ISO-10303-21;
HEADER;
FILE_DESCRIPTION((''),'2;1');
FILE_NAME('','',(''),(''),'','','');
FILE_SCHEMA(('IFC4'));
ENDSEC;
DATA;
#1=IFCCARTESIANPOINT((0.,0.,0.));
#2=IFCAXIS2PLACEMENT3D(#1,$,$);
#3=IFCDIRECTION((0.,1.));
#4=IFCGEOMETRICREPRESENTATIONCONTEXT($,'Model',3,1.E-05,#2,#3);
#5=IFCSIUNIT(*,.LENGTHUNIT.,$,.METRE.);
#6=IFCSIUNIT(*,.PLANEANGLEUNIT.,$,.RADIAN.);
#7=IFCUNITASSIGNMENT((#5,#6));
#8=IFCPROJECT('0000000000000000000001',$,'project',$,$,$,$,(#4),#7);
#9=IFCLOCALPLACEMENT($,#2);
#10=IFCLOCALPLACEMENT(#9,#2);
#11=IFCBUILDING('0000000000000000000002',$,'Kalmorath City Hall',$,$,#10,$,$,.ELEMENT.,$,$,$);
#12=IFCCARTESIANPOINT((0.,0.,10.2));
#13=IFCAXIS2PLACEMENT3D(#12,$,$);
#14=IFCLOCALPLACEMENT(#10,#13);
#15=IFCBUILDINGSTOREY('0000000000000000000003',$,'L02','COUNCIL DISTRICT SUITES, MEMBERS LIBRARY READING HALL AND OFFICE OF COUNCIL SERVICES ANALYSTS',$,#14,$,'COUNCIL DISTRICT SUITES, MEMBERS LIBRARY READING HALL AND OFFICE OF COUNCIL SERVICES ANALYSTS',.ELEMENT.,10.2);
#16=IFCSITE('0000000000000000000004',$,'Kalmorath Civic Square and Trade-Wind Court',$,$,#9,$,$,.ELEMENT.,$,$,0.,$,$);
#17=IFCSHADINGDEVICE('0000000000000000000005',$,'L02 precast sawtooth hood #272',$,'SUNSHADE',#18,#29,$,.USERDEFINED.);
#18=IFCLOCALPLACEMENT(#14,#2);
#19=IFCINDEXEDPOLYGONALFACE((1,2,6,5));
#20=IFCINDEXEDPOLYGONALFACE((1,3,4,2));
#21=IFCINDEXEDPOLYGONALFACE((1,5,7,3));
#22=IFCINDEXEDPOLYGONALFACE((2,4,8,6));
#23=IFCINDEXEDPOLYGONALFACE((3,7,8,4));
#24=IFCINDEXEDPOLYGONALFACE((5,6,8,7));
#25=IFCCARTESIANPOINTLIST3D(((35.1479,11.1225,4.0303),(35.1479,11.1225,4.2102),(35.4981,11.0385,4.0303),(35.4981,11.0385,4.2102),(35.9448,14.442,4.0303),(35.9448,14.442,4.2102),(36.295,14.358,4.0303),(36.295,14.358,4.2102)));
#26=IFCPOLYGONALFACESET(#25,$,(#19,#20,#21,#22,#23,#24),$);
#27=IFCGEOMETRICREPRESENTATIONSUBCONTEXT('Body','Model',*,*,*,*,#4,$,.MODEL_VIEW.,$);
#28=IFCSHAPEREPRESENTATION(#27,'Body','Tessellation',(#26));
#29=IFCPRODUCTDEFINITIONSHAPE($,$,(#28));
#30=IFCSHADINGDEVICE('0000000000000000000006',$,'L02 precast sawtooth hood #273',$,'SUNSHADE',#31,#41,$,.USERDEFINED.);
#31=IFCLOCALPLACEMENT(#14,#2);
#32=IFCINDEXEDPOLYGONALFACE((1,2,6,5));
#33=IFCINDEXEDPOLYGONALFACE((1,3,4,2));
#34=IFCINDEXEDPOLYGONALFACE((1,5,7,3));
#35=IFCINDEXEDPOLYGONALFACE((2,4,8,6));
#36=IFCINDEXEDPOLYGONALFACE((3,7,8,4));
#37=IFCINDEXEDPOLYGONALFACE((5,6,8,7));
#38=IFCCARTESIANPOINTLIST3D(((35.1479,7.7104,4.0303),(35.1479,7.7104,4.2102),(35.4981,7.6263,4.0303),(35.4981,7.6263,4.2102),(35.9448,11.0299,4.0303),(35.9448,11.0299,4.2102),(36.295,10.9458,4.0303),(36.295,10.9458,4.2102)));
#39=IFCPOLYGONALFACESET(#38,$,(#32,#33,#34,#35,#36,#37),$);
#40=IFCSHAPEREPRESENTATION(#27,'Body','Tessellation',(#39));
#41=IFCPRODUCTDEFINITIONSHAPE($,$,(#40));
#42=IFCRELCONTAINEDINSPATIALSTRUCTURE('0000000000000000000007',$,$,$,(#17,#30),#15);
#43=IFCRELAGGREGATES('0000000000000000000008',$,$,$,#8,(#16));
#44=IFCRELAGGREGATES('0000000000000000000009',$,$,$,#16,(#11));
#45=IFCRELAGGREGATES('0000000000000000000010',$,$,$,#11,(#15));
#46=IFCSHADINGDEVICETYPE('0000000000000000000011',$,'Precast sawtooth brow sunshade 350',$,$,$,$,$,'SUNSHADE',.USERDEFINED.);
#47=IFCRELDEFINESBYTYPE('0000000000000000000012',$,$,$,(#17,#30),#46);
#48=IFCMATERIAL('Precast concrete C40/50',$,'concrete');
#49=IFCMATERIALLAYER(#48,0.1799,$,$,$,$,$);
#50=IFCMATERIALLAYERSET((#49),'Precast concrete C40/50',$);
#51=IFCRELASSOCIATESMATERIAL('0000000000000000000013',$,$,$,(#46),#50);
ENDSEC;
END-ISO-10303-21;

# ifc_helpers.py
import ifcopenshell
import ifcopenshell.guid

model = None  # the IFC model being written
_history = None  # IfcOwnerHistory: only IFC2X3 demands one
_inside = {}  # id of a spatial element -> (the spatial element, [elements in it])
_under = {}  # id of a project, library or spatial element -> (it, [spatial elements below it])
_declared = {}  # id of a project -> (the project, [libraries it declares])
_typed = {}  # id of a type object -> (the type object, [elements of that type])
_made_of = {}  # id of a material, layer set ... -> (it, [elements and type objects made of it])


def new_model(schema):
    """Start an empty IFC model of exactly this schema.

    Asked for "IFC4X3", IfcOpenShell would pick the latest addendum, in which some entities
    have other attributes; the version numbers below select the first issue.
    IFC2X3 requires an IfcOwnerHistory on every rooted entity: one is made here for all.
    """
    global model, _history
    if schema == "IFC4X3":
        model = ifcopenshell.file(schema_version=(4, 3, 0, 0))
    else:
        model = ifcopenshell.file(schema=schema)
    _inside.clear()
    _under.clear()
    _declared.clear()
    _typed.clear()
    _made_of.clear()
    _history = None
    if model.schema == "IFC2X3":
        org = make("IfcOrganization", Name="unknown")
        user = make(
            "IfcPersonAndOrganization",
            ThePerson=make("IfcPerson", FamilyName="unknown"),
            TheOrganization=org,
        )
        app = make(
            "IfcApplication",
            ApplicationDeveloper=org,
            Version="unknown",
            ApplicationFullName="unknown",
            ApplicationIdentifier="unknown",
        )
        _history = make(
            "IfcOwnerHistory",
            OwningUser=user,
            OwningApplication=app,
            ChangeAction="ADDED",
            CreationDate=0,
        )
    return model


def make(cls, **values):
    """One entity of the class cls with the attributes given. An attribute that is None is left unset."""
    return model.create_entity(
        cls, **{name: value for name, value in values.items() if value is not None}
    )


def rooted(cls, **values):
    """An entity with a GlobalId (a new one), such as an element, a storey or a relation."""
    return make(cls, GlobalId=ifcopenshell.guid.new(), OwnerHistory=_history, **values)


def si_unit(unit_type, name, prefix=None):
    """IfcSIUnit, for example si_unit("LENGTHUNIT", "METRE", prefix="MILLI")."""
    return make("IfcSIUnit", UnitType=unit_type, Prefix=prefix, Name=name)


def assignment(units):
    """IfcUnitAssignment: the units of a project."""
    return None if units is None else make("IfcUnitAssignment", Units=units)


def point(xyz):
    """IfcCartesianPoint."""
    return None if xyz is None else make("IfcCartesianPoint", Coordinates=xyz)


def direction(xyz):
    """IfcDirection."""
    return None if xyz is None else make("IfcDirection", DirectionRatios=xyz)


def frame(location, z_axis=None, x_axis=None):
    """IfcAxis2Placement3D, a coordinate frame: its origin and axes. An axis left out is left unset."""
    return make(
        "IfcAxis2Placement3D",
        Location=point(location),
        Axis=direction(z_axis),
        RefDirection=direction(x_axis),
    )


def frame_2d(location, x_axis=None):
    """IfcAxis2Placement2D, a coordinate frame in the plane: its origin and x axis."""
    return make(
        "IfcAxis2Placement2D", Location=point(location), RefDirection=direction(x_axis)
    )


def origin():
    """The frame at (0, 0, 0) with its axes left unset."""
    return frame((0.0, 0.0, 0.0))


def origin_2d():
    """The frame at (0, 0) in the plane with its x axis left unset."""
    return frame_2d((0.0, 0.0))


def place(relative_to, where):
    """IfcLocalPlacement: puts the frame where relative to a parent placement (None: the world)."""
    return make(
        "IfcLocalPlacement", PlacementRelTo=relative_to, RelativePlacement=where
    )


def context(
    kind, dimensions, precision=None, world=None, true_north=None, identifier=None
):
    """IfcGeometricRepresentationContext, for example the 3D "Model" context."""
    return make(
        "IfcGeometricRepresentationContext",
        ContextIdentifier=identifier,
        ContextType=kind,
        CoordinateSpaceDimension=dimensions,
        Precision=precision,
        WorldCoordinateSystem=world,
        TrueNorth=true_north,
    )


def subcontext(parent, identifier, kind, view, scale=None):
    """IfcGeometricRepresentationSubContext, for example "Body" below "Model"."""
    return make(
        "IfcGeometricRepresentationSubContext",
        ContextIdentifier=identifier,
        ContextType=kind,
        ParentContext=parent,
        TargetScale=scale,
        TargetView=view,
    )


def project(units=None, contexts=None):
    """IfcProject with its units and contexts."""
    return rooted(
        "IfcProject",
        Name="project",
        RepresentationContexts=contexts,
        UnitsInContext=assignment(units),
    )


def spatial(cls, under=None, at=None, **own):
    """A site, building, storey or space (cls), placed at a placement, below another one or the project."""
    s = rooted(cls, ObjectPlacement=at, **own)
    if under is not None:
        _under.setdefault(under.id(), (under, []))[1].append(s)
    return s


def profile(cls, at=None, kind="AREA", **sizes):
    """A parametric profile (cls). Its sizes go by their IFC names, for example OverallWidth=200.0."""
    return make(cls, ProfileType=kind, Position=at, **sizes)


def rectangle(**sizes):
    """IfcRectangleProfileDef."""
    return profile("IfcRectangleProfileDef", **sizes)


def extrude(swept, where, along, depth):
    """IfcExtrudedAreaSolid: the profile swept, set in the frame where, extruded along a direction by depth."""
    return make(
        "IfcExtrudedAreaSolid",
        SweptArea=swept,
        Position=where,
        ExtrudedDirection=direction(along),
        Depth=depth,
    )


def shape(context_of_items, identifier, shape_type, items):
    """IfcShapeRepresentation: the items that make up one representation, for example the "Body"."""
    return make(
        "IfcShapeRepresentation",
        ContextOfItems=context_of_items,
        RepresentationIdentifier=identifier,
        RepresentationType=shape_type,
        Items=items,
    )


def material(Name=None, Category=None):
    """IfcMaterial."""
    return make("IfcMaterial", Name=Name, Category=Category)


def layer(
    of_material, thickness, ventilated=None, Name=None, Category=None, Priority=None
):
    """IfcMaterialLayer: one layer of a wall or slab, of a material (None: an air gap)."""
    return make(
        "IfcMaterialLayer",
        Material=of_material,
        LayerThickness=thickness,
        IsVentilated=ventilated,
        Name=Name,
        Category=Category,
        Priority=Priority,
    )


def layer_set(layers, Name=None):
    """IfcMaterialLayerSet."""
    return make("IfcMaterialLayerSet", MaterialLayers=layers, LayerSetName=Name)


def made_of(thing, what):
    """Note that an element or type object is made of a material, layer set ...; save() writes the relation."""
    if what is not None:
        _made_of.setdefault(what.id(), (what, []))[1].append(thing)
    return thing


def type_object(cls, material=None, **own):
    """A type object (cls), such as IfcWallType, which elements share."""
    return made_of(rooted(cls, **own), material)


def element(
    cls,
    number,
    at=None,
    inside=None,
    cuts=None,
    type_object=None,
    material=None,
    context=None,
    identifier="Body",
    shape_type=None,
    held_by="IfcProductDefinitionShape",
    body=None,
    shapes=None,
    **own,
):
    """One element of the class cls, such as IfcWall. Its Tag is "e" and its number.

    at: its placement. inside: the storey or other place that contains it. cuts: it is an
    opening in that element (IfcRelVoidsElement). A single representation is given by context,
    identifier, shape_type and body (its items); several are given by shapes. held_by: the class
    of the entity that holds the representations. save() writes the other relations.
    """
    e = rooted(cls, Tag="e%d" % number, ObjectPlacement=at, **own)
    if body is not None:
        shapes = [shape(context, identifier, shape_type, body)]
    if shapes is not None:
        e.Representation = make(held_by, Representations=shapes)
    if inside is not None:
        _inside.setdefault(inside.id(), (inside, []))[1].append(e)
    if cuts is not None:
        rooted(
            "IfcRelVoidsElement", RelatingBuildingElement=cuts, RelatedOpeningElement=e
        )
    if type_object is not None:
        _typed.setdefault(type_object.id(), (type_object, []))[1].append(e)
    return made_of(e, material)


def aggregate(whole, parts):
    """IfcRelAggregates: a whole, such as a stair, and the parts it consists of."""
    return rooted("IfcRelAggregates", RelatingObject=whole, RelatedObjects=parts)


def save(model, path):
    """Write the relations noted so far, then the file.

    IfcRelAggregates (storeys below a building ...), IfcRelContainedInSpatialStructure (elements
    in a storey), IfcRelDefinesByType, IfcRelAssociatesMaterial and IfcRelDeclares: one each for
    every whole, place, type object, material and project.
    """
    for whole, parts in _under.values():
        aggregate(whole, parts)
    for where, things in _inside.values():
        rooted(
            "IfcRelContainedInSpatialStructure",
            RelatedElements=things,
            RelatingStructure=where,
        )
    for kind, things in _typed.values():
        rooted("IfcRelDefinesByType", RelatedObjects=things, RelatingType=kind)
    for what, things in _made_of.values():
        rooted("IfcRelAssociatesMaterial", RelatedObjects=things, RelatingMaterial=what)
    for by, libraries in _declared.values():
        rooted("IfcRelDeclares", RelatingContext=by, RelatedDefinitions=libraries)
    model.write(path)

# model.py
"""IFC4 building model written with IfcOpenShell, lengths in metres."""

from ifc_helpers import new_model, si_unit, direction, frame, origin, origin_2d, place, context, subcontext, project, spatial, rectangle, extrude, material, layer, layer_set, type_object, element, save


model = new_model("IFC4")

# Units and contexts
model_context = context("Model", 3, precision=1e-05, world=origin(), true_north=direction((0.0, 1.0)))
body_context = subcontext(model_context, "Body", "Model", "MODEL_VIEW")
ifc_project = project(units=[si_unit("LENGTHUNIT", "METRE"), si_unit("PLANEANGLEUNIT", "RADIAN")], contexts=[model_context])

# Site, building, storey
site_placement = place(None, origin())
site = spatial("IfcSite", under=ifc_project, at=site_placement, Name="Kalmorath Civic Square and Trade-Wind Court", CompositionType="ELEMENT", RefElevation=0.0)
building_placement = place(site_placement, origin())
building = spatial("IfcBuilding", under=site, at=building_placement, Name="Kalmorath City Hall", CompositionType="ELEMENT")
storey_placement = place(building_placement, frame((0.0, 0.0, 10.2)))
storey = spatial("IfcBuildingStorey", under=building, at=storey_placement, Name="L02", Description="COUNCIL DISTRICT SUITES, MEMBERS LIBRARY READING HALL AND OFFICE OF COUNCIL SERVICES ANALYSTS", LongName="COUNCIL DISTRICT SUITES, MEMBERS LIBRARY READING HALL AND OFFICE OF COUNCIL SERVICES ANALYSTS", CompositionType="ELEMENT", Elevation=10.2)

# Shading devices
ifc_material_1 = material(Name="Precast concrete C40/50", Category="concrete")
ifc_layer_1 = layer(ifc_material_1, 0.1799)
ifc_layer_set_1 = layer_set([ifc_layer_1], Name="Precast concrete C40/50")
shading_device_type = type_object("IfcShadingDeviceType", Name="Precast sawtooth brow sunshade 350", ElementType="SUNSHADE", PredefinedType="USERDEFINED", material=ifc_layer_set_1)
for number, where, z_axis, x_axis, name in (
    (1, (35.7214, 12.7402, 4.0303), (0.0, 0.0, 1.0), (-0.233428, -0.972374, 0.0), "L02 precast sawtooth hood #272"),
    (2, (35.7214, 9.3281, 4.0303), (0.0, 0.0, 1.0), (-0.233428, -0.972374, 0.0), "L02 precast sawtooth hood #273"),
):
    element("IfcShadingDevice", number, at=place(storey_placement, frame(where, z_axis=z_axis, x_axis=x_axis)), inside=storey, type_object=shading_device_type, Name=name, ObjectType="SUNSHADE", PredefinedType="USERDEFINED", context=body_context, shape_type="SweptSolid", body=[
        extrude(rectangle(XDim=3.4138, YDim=0.3601, at=origin_2d()), origin(), (0.0, 0.0, 1.0), 0.1799),
    ])

save(model, "model.ifc")
